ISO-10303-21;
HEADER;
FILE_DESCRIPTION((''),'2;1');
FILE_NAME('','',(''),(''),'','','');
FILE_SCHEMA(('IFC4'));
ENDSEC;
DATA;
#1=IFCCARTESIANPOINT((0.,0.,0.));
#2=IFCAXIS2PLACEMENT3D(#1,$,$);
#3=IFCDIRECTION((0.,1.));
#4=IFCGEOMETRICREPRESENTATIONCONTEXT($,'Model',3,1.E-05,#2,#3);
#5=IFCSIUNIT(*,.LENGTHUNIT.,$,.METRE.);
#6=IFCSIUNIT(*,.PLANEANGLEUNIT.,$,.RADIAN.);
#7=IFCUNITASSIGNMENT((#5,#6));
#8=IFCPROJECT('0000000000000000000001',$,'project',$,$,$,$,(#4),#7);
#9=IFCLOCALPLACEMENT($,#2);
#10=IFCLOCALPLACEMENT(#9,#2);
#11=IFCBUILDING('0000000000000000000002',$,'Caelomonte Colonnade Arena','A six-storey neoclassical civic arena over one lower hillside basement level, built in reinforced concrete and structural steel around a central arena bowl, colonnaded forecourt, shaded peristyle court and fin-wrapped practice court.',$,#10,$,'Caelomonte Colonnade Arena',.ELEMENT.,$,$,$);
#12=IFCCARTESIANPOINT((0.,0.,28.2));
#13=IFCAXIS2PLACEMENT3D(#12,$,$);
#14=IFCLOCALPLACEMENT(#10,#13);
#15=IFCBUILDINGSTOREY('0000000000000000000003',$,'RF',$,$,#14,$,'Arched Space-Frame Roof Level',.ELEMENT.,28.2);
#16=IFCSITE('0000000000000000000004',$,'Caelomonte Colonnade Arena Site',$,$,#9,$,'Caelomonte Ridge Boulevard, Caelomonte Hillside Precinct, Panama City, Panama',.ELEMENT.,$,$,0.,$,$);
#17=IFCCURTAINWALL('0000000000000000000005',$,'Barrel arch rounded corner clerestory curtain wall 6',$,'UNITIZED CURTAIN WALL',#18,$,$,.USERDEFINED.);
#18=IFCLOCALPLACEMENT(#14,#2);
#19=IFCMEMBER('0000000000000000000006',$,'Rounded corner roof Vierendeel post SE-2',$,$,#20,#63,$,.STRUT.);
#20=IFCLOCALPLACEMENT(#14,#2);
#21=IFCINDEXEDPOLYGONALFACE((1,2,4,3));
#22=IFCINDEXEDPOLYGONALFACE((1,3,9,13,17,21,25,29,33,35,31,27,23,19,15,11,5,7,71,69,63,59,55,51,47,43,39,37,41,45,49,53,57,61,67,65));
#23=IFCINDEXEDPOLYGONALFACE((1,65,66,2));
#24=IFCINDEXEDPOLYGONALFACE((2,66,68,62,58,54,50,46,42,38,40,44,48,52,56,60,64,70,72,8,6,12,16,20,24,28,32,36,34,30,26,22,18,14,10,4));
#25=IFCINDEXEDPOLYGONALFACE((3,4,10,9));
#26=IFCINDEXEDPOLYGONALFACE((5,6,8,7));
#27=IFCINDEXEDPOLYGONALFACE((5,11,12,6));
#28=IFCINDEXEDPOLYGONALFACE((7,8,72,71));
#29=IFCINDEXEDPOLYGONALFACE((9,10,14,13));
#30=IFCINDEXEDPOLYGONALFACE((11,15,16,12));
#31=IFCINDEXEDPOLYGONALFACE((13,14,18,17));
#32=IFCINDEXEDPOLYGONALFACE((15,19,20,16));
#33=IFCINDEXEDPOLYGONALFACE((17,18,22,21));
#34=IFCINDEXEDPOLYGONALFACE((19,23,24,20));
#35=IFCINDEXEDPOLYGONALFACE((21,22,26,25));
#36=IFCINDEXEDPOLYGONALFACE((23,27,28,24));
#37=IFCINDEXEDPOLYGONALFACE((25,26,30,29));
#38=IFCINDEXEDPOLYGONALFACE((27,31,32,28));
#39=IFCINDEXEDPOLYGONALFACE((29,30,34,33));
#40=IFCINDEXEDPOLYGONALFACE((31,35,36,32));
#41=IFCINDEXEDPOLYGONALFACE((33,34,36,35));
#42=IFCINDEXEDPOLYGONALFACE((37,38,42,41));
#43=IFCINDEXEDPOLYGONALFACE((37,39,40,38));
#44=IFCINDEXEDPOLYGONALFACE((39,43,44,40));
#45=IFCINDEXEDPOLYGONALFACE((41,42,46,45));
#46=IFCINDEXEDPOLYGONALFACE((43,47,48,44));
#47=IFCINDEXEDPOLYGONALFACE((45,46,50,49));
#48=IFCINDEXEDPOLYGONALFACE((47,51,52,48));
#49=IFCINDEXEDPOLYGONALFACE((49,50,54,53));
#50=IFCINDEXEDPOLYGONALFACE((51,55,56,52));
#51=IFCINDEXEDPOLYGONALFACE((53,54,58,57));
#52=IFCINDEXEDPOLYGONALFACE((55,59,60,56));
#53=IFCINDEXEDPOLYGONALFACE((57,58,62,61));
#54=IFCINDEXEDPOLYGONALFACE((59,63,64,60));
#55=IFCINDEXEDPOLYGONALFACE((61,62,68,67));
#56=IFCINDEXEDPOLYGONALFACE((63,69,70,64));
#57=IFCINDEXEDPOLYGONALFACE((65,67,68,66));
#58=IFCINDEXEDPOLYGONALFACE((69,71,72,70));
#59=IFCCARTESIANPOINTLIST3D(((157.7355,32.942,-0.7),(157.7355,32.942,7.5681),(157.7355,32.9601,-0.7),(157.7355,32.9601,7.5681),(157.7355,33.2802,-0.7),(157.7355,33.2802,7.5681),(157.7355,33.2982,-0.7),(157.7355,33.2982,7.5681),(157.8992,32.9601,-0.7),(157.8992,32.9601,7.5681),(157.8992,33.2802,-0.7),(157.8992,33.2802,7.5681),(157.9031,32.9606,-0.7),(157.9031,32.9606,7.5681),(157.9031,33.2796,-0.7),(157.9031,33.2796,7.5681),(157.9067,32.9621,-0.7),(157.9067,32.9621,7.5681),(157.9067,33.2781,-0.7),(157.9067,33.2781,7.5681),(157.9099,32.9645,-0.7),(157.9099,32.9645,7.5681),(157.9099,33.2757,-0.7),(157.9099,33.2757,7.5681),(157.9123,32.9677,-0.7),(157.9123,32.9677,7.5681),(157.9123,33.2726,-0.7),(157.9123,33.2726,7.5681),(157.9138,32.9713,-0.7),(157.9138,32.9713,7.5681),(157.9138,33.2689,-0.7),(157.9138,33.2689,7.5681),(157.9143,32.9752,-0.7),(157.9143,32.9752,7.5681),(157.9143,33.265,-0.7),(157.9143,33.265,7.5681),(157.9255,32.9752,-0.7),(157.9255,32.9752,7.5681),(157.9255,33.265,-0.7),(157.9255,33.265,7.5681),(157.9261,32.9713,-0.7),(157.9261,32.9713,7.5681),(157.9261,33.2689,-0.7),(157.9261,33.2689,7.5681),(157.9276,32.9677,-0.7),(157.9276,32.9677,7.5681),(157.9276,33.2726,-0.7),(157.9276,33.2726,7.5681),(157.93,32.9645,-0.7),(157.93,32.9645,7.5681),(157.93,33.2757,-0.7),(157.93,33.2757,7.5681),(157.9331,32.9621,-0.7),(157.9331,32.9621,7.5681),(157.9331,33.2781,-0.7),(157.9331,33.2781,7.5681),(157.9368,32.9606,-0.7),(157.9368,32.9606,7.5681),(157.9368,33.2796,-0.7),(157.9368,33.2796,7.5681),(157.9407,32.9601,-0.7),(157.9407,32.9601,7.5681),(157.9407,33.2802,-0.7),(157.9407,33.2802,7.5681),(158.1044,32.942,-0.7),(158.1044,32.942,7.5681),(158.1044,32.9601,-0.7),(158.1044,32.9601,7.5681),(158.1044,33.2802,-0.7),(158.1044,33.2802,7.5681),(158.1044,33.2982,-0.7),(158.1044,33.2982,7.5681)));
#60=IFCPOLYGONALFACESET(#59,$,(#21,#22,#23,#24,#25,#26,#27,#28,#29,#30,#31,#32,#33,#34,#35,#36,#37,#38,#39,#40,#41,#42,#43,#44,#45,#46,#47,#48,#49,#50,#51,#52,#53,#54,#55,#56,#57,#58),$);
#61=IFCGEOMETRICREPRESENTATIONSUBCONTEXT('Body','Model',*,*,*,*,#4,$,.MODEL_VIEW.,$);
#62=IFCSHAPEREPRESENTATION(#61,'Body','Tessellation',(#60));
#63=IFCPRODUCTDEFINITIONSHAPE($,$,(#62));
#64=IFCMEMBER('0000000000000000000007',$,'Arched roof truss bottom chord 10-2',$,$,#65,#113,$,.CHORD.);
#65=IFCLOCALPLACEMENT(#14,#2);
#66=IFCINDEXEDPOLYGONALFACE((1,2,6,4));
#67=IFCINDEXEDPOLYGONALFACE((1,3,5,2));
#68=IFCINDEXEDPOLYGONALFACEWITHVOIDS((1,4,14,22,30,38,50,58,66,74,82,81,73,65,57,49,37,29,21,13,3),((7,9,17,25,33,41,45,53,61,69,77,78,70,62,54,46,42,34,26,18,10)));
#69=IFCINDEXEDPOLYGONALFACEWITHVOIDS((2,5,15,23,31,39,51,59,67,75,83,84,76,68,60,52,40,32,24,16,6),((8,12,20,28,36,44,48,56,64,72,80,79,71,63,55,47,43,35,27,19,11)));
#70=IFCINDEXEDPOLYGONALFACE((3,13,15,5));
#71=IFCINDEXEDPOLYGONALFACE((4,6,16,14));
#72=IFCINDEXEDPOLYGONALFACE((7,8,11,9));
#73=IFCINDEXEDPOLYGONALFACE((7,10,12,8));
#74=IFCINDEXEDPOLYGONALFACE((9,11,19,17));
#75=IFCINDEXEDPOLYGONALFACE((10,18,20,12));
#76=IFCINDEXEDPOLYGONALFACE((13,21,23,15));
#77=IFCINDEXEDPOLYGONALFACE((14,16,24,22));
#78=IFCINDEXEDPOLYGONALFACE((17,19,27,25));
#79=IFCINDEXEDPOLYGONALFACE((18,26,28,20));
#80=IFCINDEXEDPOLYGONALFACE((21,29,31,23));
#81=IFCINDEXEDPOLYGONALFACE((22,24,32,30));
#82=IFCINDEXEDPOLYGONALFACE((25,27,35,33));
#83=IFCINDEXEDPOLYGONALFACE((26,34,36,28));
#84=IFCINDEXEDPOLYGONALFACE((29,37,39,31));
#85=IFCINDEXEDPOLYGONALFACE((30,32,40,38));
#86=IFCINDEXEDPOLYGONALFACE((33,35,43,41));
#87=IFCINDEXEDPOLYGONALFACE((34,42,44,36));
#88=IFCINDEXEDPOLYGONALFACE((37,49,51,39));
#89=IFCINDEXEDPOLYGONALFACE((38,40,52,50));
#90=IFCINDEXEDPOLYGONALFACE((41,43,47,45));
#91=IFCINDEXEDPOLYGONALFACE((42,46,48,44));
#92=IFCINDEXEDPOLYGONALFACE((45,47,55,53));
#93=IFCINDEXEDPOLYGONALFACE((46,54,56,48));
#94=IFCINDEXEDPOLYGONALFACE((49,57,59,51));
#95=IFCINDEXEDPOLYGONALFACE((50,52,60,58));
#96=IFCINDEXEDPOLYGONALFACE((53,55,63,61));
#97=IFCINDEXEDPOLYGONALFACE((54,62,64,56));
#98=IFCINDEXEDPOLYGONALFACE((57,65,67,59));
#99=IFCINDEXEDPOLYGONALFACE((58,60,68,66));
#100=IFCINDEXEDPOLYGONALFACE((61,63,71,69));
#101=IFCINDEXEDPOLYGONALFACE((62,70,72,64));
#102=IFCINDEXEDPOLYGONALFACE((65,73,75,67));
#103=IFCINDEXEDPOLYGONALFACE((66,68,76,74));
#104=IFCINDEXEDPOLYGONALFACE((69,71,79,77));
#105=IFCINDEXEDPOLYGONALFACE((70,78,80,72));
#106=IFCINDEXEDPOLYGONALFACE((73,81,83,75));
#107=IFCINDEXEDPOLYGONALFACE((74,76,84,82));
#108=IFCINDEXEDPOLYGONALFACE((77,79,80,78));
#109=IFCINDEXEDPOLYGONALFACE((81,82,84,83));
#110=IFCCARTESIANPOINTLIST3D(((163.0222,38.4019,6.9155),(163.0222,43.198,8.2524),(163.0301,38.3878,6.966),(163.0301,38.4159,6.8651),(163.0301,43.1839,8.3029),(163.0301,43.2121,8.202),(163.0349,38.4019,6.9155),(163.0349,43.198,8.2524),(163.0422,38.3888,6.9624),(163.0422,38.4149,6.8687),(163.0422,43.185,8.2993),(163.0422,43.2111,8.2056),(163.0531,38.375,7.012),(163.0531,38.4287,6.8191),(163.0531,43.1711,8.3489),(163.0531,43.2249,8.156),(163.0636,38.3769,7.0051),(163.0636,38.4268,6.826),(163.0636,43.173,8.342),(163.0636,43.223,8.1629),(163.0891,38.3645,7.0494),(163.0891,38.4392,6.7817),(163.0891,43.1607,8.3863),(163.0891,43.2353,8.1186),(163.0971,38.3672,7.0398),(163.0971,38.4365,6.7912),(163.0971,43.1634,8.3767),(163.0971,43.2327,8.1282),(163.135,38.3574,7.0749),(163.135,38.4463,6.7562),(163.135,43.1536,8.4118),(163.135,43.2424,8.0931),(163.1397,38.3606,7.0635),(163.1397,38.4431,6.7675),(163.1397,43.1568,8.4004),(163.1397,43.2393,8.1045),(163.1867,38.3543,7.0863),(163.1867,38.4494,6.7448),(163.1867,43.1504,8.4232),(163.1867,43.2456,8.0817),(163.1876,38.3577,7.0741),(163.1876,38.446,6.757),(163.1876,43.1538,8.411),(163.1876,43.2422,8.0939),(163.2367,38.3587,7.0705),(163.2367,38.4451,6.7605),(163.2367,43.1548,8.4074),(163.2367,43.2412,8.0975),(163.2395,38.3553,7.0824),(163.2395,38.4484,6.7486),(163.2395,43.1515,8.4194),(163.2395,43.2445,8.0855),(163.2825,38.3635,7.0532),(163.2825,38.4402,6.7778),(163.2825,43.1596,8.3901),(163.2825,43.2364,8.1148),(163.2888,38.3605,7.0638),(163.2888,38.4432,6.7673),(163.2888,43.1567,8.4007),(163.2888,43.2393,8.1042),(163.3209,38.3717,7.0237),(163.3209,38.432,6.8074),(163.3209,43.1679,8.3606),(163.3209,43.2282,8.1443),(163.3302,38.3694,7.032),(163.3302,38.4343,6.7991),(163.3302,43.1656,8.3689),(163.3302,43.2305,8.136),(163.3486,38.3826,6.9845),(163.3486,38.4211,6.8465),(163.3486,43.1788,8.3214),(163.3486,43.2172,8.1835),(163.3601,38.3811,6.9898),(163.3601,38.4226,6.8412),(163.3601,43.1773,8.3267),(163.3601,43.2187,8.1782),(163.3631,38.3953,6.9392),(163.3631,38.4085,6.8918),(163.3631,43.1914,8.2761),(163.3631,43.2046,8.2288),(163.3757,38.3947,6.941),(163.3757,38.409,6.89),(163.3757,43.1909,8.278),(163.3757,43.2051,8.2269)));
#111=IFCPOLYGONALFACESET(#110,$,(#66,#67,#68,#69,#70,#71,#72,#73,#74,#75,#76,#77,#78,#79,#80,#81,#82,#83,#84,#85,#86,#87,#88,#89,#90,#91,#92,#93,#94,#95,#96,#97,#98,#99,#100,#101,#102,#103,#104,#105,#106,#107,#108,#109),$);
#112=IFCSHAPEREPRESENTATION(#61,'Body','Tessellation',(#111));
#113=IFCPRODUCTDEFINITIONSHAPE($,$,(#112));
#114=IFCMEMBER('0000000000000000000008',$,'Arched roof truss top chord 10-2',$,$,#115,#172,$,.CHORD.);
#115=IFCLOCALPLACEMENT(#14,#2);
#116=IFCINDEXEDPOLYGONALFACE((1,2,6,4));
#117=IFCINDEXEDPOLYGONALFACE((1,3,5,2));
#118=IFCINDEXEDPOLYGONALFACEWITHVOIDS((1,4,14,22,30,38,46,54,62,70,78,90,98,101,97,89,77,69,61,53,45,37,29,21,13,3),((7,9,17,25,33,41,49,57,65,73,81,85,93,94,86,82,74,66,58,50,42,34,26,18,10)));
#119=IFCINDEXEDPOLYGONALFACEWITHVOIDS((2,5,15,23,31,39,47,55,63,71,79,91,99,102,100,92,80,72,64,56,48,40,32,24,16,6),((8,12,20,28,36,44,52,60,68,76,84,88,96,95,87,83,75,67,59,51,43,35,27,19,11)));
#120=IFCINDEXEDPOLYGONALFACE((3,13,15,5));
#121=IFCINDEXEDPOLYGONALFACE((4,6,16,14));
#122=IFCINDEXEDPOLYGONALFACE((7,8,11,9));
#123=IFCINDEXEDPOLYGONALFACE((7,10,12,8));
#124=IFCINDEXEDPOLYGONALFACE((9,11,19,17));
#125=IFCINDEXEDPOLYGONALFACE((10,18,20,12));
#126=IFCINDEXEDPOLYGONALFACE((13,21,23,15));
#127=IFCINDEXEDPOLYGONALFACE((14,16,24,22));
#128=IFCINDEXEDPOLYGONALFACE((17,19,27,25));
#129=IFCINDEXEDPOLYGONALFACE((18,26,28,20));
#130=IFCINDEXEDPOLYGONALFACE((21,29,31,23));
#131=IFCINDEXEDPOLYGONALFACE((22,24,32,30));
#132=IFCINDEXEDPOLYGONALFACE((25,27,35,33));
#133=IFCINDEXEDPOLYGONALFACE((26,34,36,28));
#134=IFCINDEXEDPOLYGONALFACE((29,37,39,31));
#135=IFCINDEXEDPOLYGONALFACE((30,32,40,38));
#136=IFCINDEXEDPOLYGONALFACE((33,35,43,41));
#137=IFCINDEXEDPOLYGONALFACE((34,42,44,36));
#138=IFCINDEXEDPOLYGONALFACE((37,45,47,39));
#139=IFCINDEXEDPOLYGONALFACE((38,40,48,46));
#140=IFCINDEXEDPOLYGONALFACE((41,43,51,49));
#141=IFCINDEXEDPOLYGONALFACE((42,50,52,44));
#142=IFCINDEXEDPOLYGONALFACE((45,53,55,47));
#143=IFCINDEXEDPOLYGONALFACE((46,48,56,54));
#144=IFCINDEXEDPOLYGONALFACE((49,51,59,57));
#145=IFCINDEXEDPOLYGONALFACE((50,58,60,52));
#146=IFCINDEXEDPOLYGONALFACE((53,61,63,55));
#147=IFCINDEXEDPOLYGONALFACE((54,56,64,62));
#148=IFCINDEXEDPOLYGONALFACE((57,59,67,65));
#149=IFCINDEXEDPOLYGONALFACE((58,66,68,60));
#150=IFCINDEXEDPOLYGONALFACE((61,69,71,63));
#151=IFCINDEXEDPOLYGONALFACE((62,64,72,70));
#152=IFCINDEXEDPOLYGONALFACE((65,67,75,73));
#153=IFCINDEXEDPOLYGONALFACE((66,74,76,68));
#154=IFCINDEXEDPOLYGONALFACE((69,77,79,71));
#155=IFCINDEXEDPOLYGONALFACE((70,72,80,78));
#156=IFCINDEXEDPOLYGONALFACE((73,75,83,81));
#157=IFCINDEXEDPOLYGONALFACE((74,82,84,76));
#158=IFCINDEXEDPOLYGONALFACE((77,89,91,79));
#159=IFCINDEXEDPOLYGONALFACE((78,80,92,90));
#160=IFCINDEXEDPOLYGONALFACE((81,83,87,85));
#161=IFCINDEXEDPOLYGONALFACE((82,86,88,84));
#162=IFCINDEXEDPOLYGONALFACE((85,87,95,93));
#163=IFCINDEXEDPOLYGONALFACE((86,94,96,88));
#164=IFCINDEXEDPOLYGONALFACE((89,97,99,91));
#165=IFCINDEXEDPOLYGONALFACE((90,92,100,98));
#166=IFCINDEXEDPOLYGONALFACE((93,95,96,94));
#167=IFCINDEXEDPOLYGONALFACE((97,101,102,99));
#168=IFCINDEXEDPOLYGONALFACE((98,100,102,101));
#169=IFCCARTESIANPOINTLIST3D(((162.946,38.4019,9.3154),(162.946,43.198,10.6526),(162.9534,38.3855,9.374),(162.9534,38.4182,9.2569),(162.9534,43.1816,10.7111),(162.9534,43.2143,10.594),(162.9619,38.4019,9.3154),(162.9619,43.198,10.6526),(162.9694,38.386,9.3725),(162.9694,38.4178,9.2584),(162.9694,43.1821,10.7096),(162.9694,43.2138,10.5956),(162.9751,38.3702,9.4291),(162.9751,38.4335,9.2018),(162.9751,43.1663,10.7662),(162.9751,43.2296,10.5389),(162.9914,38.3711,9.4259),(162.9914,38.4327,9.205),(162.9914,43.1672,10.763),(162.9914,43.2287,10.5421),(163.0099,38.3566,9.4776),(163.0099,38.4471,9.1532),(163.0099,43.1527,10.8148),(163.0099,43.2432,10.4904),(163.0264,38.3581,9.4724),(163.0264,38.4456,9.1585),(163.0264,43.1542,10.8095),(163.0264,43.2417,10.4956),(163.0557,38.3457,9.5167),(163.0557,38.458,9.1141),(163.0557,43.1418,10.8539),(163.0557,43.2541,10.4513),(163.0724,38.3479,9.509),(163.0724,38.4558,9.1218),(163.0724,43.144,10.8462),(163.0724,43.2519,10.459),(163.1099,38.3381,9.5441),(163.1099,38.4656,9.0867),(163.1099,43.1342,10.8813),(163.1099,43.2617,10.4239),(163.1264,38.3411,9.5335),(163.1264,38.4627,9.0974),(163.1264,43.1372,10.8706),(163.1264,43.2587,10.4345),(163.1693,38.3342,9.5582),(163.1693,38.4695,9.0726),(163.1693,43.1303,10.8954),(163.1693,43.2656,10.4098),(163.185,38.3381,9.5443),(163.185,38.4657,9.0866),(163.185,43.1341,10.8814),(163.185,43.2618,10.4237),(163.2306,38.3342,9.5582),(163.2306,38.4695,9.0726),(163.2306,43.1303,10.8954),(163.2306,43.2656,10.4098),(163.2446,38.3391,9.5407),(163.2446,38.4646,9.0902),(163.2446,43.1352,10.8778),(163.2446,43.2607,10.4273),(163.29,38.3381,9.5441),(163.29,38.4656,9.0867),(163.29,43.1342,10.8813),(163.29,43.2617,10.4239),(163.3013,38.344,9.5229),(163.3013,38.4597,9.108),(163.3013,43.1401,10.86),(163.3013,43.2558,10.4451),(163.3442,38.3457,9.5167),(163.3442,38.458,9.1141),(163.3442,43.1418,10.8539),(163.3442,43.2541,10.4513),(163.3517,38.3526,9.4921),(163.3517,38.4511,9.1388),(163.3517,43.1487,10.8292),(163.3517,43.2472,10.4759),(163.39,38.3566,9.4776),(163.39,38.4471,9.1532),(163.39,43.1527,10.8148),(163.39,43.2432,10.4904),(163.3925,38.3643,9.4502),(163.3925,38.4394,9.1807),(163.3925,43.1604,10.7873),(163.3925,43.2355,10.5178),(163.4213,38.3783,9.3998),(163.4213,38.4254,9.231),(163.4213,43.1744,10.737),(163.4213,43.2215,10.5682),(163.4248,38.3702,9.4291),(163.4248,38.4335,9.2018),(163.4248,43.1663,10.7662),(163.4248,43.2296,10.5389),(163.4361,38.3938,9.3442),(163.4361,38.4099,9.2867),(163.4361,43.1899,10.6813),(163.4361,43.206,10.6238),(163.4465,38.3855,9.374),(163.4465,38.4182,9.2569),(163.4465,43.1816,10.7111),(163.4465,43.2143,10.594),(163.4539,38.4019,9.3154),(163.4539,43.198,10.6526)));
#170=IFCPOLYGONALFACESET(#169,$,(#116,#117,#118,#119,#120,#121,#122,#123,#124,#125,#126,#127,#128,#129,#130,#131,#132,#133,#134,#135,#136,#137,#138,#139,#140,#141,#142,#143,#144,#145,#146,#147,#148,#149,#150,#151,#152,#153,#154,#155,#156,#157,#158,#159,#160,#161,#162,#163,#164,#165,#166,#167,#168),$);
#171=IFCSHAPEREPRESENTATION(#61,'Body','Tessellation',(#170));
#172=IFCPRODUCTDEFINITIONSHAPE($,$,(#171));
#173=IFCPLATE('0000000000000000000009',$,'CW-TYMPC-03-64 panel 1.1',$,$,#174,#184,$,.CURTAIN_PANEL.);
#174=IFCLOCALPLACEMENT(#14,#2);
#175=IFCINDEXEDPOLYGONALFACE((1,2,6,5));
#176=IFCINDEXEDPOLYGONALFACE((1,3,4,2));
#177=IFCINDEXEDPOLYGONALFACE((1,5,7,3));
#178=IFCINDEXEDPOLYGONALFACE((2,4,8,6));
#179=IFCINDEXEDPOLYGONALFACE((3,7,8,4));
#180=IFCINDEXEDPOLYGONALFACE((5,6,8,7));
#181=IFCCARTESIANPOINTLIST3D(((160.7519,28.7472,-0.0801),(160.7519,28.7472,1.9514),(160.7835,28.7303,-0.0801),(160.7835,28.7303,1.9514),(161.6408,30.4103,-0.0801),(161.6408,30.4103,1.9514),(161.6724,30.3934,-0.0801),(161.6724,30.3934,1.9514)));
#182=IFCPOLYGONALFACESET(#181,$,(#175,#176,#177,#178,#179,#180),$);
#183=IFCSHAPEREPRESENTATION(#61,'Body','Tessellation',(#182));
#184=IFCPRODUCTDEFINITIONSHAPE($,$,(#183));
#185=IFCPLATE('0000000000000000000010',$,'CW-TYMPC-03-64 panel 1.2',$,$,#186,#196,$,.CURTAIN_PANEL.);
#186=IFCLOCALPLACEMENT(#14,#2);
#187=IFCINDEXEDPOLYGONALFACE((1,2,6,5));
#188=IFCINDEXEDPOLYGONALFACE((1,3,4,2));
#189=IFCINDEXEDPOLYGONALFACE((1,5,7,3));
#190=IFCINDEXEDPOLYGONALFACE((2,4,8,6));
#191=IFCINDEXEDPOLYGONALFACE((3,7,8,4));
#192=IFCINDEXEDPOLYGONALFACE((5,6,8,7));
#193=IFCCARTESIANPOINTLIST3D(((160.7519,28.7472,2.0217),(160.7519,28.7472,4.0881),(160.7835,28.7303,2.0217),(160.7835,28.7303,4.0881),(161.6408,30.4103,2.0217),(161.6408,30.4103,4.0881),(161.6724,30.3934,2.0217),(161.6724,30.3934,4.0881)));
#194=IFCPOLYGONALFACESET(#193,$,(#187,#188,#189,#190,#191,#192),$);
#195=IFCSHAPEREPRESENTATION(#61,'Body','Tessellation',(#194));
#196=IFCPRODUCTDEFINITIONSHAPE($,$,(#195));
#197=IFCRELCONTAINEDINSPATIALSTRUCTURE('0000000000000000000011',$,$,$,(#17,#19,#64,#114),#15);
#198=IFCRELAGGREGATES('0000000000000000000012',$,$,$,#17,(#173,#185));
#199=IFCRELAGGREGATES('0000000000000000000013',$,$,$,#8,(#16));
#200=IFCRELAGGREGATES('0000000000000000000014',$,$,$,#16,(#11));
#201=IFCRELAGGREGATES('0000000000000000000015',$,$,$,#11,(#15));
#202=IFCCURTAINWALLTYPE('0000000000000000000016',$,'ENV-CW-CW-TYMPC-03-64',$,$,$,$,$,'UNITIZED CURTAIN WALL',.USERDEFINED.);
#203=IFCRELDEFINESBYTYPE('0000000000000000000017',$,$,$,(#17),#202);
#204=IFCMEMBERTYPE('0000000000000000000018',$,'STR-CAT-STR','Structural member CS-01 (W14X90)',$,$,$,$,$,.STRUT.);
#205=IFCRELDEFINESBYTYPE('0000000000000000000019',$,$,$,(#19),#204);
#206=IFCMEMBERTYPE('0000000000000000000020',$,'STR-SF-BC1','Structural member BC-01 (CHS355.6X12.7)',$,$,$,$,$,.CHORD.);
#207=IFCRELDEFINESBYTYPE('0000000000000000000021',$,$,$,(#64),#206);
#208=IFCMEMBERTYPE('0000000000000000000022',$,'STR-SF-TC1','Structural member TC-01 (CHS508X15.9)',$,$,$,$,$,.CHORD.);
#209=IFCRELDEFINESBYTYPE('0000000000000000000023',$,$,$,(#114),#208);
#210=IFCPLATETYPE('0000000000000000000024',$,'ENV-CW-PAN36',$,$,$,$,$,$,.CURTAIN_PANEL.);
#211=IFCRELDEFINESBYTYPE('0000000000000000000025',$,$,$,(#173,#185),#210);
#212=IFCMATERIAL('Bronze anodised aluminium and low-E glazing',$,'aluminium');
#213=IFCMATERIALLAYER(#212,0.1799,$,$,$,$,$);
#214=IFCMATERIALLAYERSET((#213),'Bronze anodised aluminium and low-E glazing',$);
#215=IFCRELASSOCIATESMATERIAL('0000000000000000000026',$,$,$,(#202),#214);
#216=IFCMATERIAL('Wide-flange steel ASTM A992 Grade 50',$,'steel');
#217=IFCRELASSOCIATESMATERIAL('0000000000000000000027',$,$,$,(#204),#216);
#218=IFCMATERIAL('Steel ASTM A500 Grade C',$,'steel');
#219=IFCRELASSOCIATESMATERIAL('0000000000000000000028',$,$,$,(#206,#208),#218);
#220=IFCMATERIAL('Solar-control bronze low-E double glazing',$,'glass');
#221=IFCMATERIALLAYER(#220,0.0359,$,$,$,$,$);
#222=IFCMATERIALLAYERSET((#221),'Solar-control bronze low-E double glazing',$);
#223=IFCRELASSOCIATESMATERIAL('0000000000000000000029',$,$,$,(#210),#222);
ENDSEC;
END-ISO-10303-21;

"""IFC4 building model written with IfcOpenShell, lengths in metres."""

from ifc_helpers import new_model, si_unit, direction, frame, origin, origin_2d, place, context, subcontext, project, spatial, rectangle, hollow_circle, i_section, extrude, material, layer, layer_set, material_profile, profile_set, type_object, element, aggregate, save


model = new_model("IFC4")

# Units and contexts
model_context = context("Model", 3, precision=1e-05, world=origin(), true_north=direction((0.0, 1.0)))
body_context = subcontext(model_context, "Body", "Model", "MODEL_VIEW")
ifc_project = project(units=[si_unit("LENGTHUNIT", "METRE"), si_unit("PLANEANGLEUNIT", "RADIAN")], contexts=[model_context])

# Site, building, storey
site_placement = place(None, origin())
site = spatial("IfcSite", under=ifc_project, at=site_placement, Name="Caelomonte Colonnade Arena Site", LongName="Caelomonte Ridge Boulevard, Caelomonte Hillside Precinct, Panama City, Panama", CompositionType="ELEMENT", RefElevation=0.0)
building_placement = place(site_placement, origin())
building = spatial("IfcBuilding", under=site, at=building_placement, Name="Caelomonte Colonnade Arena", Description="A six-storey neoclassical civic arena over one lower hillside basement level, built in reinforced concrete and structural steel around a central arena bowl, colonnaded forecourt, shaded peristyle court and fin-wrapped practice court.", LongName="Caelomonte Colonnade Arena", CompositionType="ELEMENT")
storey_placement = place(building_placement, frame((0.0, 0.0, 28.2)))
storey = spatial("IfcBuildingStorey", under=building, at=storey_placement, Name="RF", LongName="Arched Space-Frame Roof Level", CompositionType="ELEMENT", Elevation=28.2)

# Shared definitions
ifc_material_1 = material(Name="Bronze anodised aluminium and low-E glazing", Category="aluminium")

# Curtain wall
ifc_layer_1 = layer(ifc_material_1, 0.1799)
ifc_layer_set_1 = layer_set([ifc_layer_1], Name="Bronze anodised aluminium and low-E glazing")
curtain_wall_type_1 = type_object("IfcCurtainWallType", Name="ENV-CW-CW-TYMPC-03-64", ElementType="UNITIZED CURTAIN WALL", PredefinedType="USERDEFINED", material=ifc_layer_set_1)
curtain_wall_1_placement = place(storey_placement, origin())
curtain_wall_1 = element("IfcCurtainWall", 1, at=curtain_wall_1_placement, inside=storey, type_object=curtain_wall_type_1, Name="Barrel arch rounded corner clerestory curtain wall 6", ObjectType="UNITIZED CURTAIN WALL", PredefinedType="USERDEFINED")

# Shared definitions
ifc_material_2 = material(Name="Wide-flange steel ASTM A992 Grade 50", Category="steel")

# Members
ifc_material_profile_1 = material_profile(ifc_material_2, i_section(OverallWidth=0.3689, OverallDepth=0.3562, WebThickness=0.0112, FlangeThickness=0.0181, FilletRadius=0.0151, at=origin_2d()), Name="W14X90")
ifc_profile_set_1 = profile_set([ifc_material_profile_1], Name="Wide-flange steel ASTM A992 Grade 50")
member_type_1 = type_object("IfcMemberType", Name="STR-CAT-STR", Description="Structural member CS-01 (W14X90)", PredefinedType="STRUT", material=ifc_profile_set_1)
member_1_placement = place(storey_placement, frame((157.9199, 33.1201, -0.7), z_axis=(0.0, 0.0, 1.0), x_axis=(1.0, 0.0, 0.0)))
element("IfcMember", 2, at=member_1_placement, inside=storey, type_object=member_type_1, Name="Rounded corner roof Vierendeel post SE-2", PredefinedType="STRUT", context=body_context, shape_type="SweptSolid", body=[
    extrude(i_section(OverallWidth=0.3689, OverallDepth=0.3562, WebThickness=0.0112, FlangeThickness=0.0181, FilletRadius=0.0151, at=origin_2d()), origin(), (0.0, 0.0, 1.0), 8.2681),
])
ifc_material_3 = material(Name="Steel ASTM A500 Grade C", Category="steel")
ifc_material_profile_2 = material_profile(ifc_material_3, hollow_circle(Radius=0.1777, WallThickness=0.0127, at=origin_2d()), Name="CHS355.6X12.7")
ifc_profile_set_2 = profile_set([ifc_material_profile_2], Name="Steel ASTM A500 Grade C")
member_type_2 = type_object("IfcMemberType", Name="STR-SF-BC1", Description="Structural member BC-01 (CHS355.6X12.7)", PredefinedType="CHORD", material=ifc_profile_set_2)
member_2_placement = place(storey_placement, frame((163.2, 38.4019, 6.9155), z_axis=(0.0, 0.963277, 0.268511), x_axis=(-1.0, 0.0, 0.0)))
element("IfcMember", 3, at=member_2_placement, inside=storey, type_object=member_type_2, Name="Arched roof truss bottom chord 10-2", PredefinedType="CHORD", context=body_context, shape_type="SweptSolid", body=[
    extrude(hollow_circle(Radius=0.1777, WallThickness=0.0127, at=origin_2d()), origin(), (0.0, 0.0, 1.0), 4.979),
])
ifc_material_profile_3 = material_profile(ifc_material_3, hollow_circle(Radius=0.2539, WallThickness=0.0159, at=origin_2d()), Name="CHS508X15.9")
ifc_profile_set_3 = profile_set([ifc_material_profile_3], Name="Steel ASTM A500 Grade C")
member_type_3 = type_object("IfcMemberType", Name="STR-SF-TC1", Description="Structural member TC-01 (CHS508X15.9)", PredefinedType="CHORD", material=ifc_profile_set_3)
member_3_placement = place(storey_placement, frame((163.2, 38.4019, 9.3154), z_axis=(0.0, 0.963264, 0.268557), x_axis=(-1.0, 0.0, 0.0)))
element("IfcMember", 4, at=member_3_placement, inside=storey, type_object=member_type_3, Name="Arched roof truss top chord 10-2", PredefinedType="CHORD", context=body_context, shape_type="SweptSolid", body=[
    extrude(hollow_circle(Radius=0.2539, WallThickness=0.0159, at=origin_2d()), origin(), (0.0, 0.0, 1.0), 4.979),
])

# Plates
ifc_material_4 = material(Name="Solar-control bronze low-E double glazing", Category="glass")
ifc_layer_2 = layer(ifc_material_4, 0.0359)
ifc_layer_set_2 = layer_set([ifc_layer_2], Name="Solar-control bronze low-E double glazing")
plate_type_1 = type_object("IfcPlateType", Name="ENV-CW-PAN36", PredefinedType="CURTAIN_PANEL", material=ifc_layer_set_2)
plate_1_placement = place(storey_placement, frame((161.2122, 29.5703, -0.0801), z_axis=(0.0, 0.0, 1.0), x_axis=(0.471391, 0.881924, 0.0)))
plate_1 = element("IfcPlate", 5, at=plate_1_placement, type_object=plate_type_1, Name="CW-TYMPC-03-64 panel 1.1", PredefinedType="CURTAIN_PANEL", context=body_context, shape_type="SweptSolid", body=[
    extrude(rectangle(XDim=1.8857, YDim=0.0359, at=origin_2d()), origin(), (0.0, 0.0, 1.0), 2.0315),
])
plate_2_placement = place(storey_placement, frame((161.2122, 29.5703, 2.0217), z_axis=(0.0, 0.0, 1.0), x_axis=(0.471391, 0.881924, 0.0)))
plate_2 = element("IfcPlate", 6, at=plate_2_placement, type_object=plate_type_1, Name="CW-TYMPC-03-64 panel 1.2", PredefinedType="CURTAIN_PANEL", context=body_context, shape_type="SweptSolid", body=[
    extrude(rectangle(XDim=1.8857, YDim=0.0359, at=origin_2d()), origin(), (0.0, 0.0, 1.0), 2.0664),
])
aggregate(curtain_wall_1, [plate_1, plate_2])

save(model, "model.ifc")
